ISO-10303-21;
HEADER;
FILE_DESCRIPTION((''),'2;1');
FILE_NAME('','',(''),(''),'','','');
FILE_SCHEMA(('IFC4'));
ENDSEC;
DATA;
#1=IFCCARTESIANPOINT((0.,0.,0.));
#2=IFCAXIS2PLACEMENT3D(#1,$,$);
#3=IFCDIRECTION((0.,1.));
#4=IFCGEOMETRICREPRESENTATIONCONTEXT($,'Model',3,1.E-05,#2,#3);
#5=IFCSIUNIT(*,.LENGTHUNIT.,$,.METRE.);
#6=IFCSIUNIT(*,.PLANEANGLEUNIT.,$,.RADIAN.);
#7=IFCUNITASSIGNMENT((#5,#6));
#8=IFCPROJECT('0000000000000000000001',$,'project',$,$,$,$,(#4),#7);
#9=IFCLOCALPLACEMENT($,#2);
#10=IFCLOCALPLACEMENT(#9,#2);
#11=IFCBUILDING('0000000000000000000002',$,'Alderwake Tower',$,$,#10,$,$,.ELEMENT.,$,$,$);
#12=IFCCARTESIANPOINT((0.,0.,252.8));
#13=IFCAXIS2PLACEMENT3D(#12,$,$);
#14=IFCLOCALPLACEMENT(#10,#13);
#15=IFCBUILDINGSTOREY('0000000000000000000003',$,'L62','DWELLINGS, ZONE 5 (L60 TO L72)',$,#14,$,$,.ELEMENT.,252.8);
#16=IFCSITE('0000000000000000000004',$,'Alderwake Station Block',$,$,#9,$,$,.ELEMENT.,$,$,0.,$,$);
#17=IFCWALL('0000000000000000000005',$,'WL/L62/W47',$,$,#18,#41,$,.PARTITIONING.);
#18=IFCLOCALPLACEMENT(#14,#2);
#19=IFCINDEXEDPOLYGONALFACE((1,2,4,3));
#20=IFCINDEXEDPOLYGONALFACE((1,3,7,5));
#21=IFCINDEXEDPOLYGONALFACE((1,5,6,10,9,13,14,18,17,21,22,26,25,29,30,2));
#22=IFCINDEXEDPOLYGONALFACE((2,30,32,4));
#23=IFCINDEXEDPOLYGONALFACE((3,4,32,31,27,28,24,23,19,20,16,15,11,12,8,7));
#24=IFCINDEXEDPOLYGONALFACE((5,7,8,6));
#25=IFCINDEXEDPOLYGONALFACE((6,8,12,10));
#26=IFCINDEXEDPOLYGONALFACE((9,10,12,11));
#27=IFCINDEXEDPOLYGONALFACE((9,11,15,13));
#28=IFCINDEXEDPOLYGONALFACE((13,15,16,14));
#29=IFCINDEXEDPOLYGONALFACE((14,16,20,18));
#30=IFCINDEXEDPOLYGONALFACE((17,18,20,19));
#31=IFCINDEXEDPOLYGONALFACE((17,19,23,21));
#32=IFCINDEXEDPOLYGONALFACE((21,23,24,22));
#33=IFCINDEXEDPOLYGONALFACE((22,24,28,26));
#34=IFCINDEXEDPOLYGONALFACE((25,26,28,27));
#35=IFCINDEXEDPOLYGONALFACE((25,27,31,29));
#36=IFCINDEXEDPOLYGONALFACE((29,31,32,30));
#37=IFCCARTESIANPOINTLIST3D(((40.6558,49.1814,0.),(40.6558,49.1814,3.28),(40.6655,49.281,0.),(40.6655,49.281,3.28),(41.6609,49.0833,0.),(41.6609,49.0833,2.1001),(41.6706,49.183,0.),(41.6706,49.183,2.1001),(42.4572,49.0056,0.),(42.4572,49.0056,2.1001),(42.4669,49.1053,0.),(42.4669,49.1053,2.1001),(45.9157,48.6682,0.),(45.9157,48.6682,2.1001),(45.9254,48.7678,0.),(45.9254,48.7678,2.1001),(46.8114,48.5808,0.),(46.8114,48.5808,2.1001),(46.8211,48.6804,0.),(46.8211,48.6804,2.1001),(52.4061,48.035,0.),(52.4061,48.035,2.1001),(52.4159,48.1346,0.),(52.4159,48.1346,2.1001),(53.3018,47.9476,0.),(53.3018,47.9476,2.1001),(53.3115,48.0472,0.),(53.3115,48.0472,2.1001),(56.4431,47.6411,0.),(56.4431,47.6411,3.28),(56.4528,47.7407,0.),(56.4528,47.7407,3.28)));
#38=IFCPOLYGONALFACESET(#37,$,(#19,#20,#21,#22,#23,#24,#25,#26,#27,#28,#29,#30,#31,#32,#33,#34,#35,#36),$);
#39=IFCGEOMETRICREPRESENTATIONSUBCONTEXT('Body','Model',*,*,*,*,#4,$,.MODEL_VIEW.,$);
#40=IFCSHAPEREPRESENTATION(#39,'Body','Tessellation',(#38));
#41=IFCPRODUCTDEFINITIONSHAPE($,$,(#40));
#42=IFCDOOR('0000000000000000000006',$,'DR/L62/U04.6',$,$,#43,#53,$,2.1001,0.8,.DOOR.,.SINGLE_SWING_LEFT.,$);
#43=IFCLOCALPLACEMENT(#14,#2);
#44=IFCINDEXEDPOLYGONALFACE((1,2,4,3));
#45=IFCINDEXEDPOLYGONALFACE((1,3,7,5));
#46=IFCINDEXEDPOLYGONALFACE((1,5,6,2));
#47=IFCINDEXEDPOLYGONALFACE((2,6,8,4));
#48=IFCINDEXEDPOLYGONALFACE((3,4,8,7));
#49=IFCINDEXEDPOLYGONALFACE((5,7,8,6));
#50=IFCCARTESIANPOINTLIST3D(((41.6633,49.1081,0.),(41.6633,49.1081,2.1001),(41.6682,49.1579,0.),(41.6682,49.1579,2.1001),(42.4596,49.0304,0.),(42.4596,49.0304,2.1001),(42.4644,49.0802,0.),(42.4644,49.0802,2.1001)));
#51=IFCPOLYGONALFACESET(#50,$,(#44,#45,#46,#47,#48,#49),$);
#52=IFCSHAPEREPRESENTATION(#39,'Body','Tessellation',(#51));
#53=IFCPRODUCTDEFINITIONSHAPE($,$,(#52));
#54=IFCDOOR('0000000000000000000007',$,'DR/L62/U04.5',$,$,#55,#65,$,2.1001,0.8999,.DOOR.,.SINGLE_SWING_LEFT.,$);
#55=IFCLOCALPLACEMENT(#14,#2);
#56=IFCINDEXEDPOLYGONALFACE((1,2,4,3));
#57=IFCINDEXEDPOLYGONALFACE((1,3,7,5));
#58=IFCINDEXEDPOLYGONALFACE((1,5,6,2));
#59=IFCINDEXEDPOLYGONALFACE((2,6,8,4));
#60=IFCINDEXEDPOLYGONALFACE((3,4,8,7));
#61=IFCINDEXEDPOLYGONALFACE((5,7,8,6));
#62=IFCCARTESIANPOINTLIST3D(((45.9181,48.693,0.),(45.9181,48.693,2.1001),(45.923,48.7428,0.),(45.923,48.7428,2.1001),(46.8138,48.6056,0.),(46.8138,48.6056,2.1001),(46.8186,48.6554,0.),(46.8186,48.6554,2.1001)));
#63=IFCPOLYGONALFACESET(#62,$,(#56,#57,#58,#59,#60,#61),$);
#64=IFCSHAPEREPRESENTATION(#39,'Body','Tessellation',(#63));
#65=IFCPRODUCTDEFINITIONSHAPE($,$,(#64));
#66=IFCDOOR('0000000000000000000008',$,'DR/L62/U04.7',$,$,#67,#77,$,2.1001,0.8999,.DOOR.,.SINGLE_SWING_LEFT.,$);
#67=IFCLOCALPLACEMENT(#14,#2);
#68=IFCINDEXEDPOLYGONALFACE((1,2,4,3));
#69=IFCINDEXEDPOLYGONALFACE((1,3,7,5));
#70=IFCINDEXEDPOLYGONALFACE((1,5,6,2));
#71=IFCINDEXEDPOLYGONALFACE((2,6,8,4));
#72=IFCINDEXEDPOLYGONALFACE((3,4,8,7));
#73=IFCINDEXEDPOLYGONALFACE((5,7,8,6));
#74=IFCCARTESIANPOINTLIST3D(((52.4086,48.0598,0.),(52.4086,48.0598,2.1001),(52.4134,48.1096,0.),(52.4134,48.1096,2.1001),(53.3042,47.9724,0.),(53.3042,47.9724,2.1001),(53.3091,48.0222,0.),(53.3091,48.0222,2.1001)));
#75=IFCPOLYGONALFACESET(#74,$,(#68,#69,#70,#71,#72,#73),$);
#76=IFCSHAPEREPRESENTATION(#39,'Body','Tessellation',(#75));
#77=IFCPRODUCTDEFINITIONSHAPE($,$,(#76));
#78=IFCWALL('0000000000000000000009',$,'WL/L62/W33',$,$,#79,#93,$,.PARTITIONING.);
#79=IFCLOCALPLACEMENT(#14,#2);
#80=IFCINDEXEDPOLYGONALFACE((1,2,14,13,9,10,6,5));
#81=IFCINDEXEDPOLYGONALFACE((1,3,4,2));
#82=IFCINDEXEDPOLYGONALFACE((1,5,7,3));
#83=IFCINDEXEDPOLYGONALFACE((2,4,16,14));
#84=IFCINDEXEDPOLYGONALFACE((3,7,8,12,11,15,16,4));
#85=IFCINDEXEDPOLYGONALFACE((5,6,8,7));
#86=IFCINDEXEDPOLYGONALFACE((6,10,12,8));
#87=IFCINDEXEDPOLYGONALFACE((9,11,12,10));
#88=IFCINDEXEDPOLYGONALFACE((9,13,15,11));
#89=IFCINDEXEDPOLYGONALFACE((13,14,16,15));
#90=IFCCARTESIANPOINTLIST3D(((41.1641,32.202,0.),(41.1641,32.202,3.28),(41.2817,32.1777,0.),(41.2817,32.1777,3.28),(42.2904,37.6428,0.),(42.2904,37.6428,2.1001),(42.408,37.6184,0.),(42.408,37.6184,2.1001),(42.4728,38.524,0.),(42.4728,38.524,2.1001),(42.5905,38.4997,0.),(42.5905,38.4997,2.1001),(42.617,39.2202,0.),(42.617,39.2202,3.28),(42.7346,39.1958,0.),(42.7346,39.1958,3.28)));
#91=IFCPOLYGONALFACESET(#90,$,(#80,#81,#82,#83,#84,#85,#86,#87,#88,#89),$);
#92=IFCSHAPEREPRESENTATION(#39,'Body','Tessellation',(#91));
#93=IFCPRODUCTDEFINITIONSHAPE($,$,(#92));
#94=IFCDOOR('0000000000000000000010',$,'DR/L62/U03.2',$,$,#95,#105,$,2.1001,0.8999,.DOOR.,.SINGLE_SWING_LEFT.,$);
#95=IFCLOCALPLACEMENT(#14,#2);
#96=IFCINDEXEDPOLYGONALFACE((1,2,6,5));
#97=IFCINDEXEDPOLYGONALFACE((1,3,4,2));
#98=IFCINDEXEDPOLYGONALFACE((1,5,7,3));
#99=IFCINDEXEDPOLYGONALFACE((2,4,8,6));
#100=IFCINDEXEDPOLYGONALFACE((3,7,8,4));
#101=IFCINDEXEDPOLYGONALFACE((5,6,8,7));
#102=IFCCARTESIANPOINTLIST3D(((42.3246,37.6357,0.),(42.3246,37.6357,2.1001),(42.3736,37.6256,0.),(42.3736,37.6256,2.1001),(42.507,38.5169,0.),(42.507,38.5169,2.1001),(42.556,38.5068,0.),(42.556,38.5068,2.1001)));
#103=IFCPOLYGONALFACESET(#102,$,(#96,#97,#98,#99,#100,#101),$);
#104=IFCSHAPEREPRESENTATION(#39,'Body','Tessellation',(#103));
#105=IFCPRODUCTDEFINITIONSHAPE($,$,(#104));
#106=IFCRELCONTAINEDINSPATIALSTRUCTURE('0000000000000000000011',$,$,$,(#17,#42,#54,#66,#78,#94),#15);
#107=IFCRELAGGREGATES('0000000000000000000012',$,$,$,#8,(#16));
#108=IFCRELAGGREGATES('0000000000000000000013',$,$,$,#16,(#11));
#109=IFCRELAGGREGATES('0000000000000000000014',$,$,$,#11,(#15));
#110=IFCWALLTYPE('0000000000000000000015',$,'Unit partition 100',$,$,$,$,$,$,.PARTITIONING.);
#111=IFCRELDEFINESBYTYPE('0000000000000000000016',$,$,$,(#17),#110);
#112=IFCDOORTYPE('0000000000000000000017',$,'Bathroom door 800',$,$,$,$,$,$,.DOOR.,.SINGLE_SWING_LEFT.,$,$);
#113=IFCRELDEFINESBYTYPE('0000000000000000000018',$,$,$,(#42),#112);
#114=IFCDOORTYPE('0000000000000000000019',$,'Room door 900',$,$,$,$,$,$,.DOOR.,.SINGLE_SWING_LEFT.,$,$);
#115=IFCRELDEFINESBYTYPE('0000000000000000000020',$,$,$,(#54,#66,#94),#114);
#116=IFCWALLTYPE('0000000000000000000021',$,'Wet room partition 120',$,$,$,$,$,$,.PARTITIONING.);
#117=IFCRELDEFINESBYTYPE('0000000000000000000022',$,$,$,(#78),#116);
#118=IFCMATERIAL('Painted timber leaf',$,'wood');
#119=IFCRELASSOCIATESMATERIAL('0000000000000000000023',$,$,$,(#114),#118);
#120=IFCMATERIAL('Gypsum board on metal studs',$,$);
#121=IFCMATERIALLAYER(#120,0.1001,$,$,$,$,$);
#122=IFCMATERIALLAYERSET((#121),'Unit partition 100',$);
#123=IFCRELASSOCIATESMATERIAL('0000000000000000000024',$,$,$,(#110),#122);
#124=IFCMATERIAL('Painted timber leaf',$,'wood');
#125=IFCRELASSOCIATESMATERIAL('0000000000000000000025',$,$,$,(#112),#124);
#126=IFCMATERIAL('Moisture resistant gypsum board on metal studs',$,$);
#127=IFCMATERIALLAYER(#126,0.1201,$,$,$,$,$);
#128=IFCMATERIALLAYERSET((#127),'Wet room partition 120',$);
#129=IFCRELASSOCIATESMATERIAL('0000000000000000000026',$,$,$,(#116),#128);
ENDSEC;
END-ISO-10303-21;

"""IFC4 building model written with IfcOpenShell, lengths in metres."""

from ifc_helpers import new_model, si_unit, direction, frame, frame_2d, origin, place, context, subcontext, project, spatial, rectangle, extrude, material, layer, layer_set, type_object, element, fill, save


model = new_model("IFC4")

# Units and contexts
model_context = context("Model", 3, precision=1e-05, world=origin(), true_north=direction((0.0, 1.0)))
body_context = subcontext(model_context, "Body", "Model", "MODEL_VIEW")
ifc_project = project(units=[si_unit("LENGTHUNIT", "METRE"), si_unit("PLANEANGLEUNIT", "RADIAN")], contexts=[model_context])

# Site, building, storey
site_placement = place(None, origin())
site = spatial("IfcSite", under=ifc_project, at=site_placement, Name="Alderwake Station Block", CompositionType="ELEMENT", RefElevation=0.0)
building_placement = place(site_placement, origin())
building = spatial("IfcBuilding", under=site, at=building_placement, Name="Alderwake Tower", CompositionType="ELEMENT")
storey_placement = place(building_placement, frame((0.0, 0.0, 252.8)))
storey = spatial("IfcBuildingStorey", under=building, at=storey_placement, Name="L62", Description="DWELLINGS, ZONE 5 (L60 TO L72)", CompositionType="ELEMENT", Elevation=252.8)

# Shared definitions
ifc_material_1 = material(Name="Painted timber leaf", Category="wood")
door_type_1 = type_object("IfcDoorType", Name="Room door 900", OperationType="SINGLE_SWING_LEFT", PredefinedType="DOOR", material=ifc_material_1)
ifc_material_2 = material(Name="Gypsum board on metal studs")
ifc_layer_1 = layer(ifc_material_2, 0.1001)
ifc_layer_set_1 = layer_set([ifc_layer_1], Name="Unit partition 100")
wall_type_1 = type_object("IfcWallType", Name="Unit partition 100", PredefinedType="PARTITIONING", material=ifc_layer_set_1)

# Wall, openings, doors
wall_1_placement = place(storey_placement, frame((40.6606, 49.2312, 0.0), z_axis=(0.0, 0.0, 1.0), x_axis=(0.995274, -0.097103, 0.0)))
wall_1 = element("IfcWall", 1, at=wall_1_placement, inside=storey, type_object=wall_type_1, Name="WL/L62/W47", PredefinedType="PARTITIONING", context=body_context, shape_type="SweptSolid", body=[
    extrude(rectangle(XDim=15.8623, YDim=0.1001, at=frame_2d((7.9312, 0.0))), origin(), (0.0, 0.0, 1.0), 3.28),
])
opening_1_placement = place(wall_1_placement, frame((5.2849, 0.0, 0.0)))
opening_1 = element("IfcOpeningElement", 2, at=opening_1_placement, cuts=wall_1, PredefinedType="OPENING", context=body_context, shape_type="SweptSolid", body=[
    extrude(rectangle(XDim=0.8999, YDim=2.1001, at=frame_2d((0.45, 1.05))), frame((0.0, 0.0601, 0.0), z_axis=(0.0, -1.0, 0.0), x_axis=(1.0, 0.0, 0.0)), (0.0, 0.0, 1.0), 0.1201),
])
opening_2_placement = place(wall_1_placement, frame((1.01, 0.0, 0.0)))
opening_2 = element("IfcOpeningElement", 3, at=opening_2_placement, cuts=wall_1, PredefinedType="OPENING", context=body_context, shape_type="SweptSolid", body=[
    extrude(rectangle(XDim=0.8, YDim=2.1001, at=frame_2d((0.3999, 1.05))), frame((0.0, 0.0601, 0.0), z_axis=(0.0, -1.0, 0.0), x_axis=(1.0, 0.0, 0.0)), (0.0, 0.0, 1.0), 0.1201),
])
opening_3_placement = place(wall_1_placement, frame((11.8062, 0.0, 0.0)))
opening_3 = element("IfcOpeningElement", 4, at=opening_3_placement, cuts=wall_1, PredefinedType="OPENING", context=body_context, shape_type="SweptSolid", body=[
    extrude(rectangle(XDim=0.8999, YDim=2.1001, at=frame_2d((0.45, 1.05))), frame((0.0, 0.0601, 0.0), z_axis=(0.0, -1.0, 0.0), x_axis=(1.0, 0.0, 0.0)), (0.0, 0.0, 1.0), 0.1201),
])
ifc_material_3 = material(Name="Painted timber leaf", Category="wood")
door_type_2 = type_object("IfcDoorType", Name="Bathroom door 800", OperationType="SINGLE_SWING_LEFT", PredefinedType="DOOR", material=ifc_material_3)
door_1_placement = place(opening_2_placement, origin())
door_1 = element("IfcDoor", 5, at=door_1_placement, inside=storey, type_object=door_type_2, Name="DR/L62/U04.6", OperationType="SINGLE_SWING_LEFT", OverallHeight=2.1001, OverallWidth=0.8, PredefinedType="DOOR", context=body_context, shape_type="SweptSolid", body=[
    extrude(rectangle(XDim=0.8, YDim=2.1001, at=frame_2d((0.3999, 1.05))), frame((0.0, 0.0249, 0.0), z_axis=(0.0, -1.0, 0.0), x_axis=(1.0, 0.0, 0.0)), (0.0, 0.0, 1.0), 0.05),
])
fill(opening_2, door_1)
door_2_placement = place(opening_1_placement, origin())
door_2 = element("IfcDoor", 6, at=door_2_placement, inside=storey, type_object=door_type_1, Name="DR/L62/U04.5", OperationType="SINGLE_SWING_LEFT", OverallHeight=2.1001, OverallWidth=0.8999, PredefinedType="DOOR", context=body_context, shape_type="SweptSolid", body=[
    extrude(rectangle(XDim=0.8999, YDim=2.1001, at=frame_2d((0.45, 1.05))), frame((0.0, 0.0249, 0.0), z_axis=(0.0, -1.0, 0.0), x_axis=(1.0, 0.0, 0.0)), (0.0, 0.0, 1.0), 0.05),
])
fill(opening_1, door_2)
door_3_placement = place(opening_3_placement, origin())
door_3 = element("IfcDoor", 7, at=door_3_placement, inside=storey, type_object=door_type_1, Name="DR/L62/U04.7", OperationType="SINGLE_SWING_LEFT", OverallHeight=2.1001, OverallWidth=0.8999, PredefinedType="DOOR", context=body_context, shape_type="SweptSolid", body=[
    extrude(rectangle(XDim=0.8999, YDim=2.1001, at=frame_2d((0.45, 1.05))), frame((0.0, 0.0249, 0.0), z_axis=(0.0, -1.0, 0.0), x_axis=(1.0, 0.0, 0.0)), (0.0, 0.0, 1.0), 0.05),
])
fill(opening_3, door_3)

# Wall, opening, door
ifc_material_4 = material(Name="Moisture resistant gypsum board on metal studs")
ifc_layer_2 = layer(ifc_material_4, 0.1201)
ifc_layer_set_2 = layer_set([ifc_layer_2], Name="Wet room partition 120")
wall_type_2 = type_object("IfcWallType", Name="Wet room partition 120", PredefinedType="PARTITIONING", material=ifc_layer_set_2)
wall_2_placement = place(storey_placement, frame((42.6758, 39.208, 0.0), z_axis=(0.0, 0.0, 1.0), x_axis=(-0.202722, -0.979236, 0.0)))
wall_2 = element("IfcWall", 8, at=wall_2_placement, inside=storey, type_object=wall_type_2, Name="WL/L62/W33", PredefinedType="PARTITIONING", context=body_context, shape_type="SweptSolid", body=[
    extrude(rectangle(XDim=7.167, YDim=0.1201, at=frame_2d((3.5835, 0.0))), origin(), (0.0, 0.0, 1.0), 3.28),
])
opening_4_placement = place(wall_2_placement, frame((0.7109, 0.0, 0.0)))
opening_4 = element("IfcOpeningElement", 9, at=opening_4_placement, cuts=wall_2, PredefinedType="OPENING", context=body_context, shape_type="SweptSolid", body=[
    extrude(rectangle(XDim=0.8999, YDim=2.1001, at=frame_2d((0.45, 1.05))), frame((0.0, 0.0701, 0.0), z_axis=(0.0, -1.0, 0.0), x_axis=(1.0, 0.0, 0.0)), (0.0, 0.0, 1.0), 0.1401),
])
door_4_placement = place(opening_4_placement, origin())
door_4 = element("IfcDoor", 10, at=door_4_placement, inside=storey, type_object=door_type_1, Name="DR/L62/U03.2", OperationType="SINGLE_SWING_LEFT", OverallHeight=2.1001, OverallWidth=0.8999, PredefinedType="DOOR", context=body_context, shape_type="SweptSolid", body=[
    extrude(rectangle(XDim=0.8999, YDim=2.1001, at=frame_2d((0.45, 1.05))), frame((0.0, 0.0249, 0.0), z_axis=(0.0, -1.0, 0.0), x_axis=(1.0, 0.0, 0.0)), (0.0, 0.0, 1.0), 0.05),
])
fill(opening_4, door_4)

save(model, "model.ifc")
